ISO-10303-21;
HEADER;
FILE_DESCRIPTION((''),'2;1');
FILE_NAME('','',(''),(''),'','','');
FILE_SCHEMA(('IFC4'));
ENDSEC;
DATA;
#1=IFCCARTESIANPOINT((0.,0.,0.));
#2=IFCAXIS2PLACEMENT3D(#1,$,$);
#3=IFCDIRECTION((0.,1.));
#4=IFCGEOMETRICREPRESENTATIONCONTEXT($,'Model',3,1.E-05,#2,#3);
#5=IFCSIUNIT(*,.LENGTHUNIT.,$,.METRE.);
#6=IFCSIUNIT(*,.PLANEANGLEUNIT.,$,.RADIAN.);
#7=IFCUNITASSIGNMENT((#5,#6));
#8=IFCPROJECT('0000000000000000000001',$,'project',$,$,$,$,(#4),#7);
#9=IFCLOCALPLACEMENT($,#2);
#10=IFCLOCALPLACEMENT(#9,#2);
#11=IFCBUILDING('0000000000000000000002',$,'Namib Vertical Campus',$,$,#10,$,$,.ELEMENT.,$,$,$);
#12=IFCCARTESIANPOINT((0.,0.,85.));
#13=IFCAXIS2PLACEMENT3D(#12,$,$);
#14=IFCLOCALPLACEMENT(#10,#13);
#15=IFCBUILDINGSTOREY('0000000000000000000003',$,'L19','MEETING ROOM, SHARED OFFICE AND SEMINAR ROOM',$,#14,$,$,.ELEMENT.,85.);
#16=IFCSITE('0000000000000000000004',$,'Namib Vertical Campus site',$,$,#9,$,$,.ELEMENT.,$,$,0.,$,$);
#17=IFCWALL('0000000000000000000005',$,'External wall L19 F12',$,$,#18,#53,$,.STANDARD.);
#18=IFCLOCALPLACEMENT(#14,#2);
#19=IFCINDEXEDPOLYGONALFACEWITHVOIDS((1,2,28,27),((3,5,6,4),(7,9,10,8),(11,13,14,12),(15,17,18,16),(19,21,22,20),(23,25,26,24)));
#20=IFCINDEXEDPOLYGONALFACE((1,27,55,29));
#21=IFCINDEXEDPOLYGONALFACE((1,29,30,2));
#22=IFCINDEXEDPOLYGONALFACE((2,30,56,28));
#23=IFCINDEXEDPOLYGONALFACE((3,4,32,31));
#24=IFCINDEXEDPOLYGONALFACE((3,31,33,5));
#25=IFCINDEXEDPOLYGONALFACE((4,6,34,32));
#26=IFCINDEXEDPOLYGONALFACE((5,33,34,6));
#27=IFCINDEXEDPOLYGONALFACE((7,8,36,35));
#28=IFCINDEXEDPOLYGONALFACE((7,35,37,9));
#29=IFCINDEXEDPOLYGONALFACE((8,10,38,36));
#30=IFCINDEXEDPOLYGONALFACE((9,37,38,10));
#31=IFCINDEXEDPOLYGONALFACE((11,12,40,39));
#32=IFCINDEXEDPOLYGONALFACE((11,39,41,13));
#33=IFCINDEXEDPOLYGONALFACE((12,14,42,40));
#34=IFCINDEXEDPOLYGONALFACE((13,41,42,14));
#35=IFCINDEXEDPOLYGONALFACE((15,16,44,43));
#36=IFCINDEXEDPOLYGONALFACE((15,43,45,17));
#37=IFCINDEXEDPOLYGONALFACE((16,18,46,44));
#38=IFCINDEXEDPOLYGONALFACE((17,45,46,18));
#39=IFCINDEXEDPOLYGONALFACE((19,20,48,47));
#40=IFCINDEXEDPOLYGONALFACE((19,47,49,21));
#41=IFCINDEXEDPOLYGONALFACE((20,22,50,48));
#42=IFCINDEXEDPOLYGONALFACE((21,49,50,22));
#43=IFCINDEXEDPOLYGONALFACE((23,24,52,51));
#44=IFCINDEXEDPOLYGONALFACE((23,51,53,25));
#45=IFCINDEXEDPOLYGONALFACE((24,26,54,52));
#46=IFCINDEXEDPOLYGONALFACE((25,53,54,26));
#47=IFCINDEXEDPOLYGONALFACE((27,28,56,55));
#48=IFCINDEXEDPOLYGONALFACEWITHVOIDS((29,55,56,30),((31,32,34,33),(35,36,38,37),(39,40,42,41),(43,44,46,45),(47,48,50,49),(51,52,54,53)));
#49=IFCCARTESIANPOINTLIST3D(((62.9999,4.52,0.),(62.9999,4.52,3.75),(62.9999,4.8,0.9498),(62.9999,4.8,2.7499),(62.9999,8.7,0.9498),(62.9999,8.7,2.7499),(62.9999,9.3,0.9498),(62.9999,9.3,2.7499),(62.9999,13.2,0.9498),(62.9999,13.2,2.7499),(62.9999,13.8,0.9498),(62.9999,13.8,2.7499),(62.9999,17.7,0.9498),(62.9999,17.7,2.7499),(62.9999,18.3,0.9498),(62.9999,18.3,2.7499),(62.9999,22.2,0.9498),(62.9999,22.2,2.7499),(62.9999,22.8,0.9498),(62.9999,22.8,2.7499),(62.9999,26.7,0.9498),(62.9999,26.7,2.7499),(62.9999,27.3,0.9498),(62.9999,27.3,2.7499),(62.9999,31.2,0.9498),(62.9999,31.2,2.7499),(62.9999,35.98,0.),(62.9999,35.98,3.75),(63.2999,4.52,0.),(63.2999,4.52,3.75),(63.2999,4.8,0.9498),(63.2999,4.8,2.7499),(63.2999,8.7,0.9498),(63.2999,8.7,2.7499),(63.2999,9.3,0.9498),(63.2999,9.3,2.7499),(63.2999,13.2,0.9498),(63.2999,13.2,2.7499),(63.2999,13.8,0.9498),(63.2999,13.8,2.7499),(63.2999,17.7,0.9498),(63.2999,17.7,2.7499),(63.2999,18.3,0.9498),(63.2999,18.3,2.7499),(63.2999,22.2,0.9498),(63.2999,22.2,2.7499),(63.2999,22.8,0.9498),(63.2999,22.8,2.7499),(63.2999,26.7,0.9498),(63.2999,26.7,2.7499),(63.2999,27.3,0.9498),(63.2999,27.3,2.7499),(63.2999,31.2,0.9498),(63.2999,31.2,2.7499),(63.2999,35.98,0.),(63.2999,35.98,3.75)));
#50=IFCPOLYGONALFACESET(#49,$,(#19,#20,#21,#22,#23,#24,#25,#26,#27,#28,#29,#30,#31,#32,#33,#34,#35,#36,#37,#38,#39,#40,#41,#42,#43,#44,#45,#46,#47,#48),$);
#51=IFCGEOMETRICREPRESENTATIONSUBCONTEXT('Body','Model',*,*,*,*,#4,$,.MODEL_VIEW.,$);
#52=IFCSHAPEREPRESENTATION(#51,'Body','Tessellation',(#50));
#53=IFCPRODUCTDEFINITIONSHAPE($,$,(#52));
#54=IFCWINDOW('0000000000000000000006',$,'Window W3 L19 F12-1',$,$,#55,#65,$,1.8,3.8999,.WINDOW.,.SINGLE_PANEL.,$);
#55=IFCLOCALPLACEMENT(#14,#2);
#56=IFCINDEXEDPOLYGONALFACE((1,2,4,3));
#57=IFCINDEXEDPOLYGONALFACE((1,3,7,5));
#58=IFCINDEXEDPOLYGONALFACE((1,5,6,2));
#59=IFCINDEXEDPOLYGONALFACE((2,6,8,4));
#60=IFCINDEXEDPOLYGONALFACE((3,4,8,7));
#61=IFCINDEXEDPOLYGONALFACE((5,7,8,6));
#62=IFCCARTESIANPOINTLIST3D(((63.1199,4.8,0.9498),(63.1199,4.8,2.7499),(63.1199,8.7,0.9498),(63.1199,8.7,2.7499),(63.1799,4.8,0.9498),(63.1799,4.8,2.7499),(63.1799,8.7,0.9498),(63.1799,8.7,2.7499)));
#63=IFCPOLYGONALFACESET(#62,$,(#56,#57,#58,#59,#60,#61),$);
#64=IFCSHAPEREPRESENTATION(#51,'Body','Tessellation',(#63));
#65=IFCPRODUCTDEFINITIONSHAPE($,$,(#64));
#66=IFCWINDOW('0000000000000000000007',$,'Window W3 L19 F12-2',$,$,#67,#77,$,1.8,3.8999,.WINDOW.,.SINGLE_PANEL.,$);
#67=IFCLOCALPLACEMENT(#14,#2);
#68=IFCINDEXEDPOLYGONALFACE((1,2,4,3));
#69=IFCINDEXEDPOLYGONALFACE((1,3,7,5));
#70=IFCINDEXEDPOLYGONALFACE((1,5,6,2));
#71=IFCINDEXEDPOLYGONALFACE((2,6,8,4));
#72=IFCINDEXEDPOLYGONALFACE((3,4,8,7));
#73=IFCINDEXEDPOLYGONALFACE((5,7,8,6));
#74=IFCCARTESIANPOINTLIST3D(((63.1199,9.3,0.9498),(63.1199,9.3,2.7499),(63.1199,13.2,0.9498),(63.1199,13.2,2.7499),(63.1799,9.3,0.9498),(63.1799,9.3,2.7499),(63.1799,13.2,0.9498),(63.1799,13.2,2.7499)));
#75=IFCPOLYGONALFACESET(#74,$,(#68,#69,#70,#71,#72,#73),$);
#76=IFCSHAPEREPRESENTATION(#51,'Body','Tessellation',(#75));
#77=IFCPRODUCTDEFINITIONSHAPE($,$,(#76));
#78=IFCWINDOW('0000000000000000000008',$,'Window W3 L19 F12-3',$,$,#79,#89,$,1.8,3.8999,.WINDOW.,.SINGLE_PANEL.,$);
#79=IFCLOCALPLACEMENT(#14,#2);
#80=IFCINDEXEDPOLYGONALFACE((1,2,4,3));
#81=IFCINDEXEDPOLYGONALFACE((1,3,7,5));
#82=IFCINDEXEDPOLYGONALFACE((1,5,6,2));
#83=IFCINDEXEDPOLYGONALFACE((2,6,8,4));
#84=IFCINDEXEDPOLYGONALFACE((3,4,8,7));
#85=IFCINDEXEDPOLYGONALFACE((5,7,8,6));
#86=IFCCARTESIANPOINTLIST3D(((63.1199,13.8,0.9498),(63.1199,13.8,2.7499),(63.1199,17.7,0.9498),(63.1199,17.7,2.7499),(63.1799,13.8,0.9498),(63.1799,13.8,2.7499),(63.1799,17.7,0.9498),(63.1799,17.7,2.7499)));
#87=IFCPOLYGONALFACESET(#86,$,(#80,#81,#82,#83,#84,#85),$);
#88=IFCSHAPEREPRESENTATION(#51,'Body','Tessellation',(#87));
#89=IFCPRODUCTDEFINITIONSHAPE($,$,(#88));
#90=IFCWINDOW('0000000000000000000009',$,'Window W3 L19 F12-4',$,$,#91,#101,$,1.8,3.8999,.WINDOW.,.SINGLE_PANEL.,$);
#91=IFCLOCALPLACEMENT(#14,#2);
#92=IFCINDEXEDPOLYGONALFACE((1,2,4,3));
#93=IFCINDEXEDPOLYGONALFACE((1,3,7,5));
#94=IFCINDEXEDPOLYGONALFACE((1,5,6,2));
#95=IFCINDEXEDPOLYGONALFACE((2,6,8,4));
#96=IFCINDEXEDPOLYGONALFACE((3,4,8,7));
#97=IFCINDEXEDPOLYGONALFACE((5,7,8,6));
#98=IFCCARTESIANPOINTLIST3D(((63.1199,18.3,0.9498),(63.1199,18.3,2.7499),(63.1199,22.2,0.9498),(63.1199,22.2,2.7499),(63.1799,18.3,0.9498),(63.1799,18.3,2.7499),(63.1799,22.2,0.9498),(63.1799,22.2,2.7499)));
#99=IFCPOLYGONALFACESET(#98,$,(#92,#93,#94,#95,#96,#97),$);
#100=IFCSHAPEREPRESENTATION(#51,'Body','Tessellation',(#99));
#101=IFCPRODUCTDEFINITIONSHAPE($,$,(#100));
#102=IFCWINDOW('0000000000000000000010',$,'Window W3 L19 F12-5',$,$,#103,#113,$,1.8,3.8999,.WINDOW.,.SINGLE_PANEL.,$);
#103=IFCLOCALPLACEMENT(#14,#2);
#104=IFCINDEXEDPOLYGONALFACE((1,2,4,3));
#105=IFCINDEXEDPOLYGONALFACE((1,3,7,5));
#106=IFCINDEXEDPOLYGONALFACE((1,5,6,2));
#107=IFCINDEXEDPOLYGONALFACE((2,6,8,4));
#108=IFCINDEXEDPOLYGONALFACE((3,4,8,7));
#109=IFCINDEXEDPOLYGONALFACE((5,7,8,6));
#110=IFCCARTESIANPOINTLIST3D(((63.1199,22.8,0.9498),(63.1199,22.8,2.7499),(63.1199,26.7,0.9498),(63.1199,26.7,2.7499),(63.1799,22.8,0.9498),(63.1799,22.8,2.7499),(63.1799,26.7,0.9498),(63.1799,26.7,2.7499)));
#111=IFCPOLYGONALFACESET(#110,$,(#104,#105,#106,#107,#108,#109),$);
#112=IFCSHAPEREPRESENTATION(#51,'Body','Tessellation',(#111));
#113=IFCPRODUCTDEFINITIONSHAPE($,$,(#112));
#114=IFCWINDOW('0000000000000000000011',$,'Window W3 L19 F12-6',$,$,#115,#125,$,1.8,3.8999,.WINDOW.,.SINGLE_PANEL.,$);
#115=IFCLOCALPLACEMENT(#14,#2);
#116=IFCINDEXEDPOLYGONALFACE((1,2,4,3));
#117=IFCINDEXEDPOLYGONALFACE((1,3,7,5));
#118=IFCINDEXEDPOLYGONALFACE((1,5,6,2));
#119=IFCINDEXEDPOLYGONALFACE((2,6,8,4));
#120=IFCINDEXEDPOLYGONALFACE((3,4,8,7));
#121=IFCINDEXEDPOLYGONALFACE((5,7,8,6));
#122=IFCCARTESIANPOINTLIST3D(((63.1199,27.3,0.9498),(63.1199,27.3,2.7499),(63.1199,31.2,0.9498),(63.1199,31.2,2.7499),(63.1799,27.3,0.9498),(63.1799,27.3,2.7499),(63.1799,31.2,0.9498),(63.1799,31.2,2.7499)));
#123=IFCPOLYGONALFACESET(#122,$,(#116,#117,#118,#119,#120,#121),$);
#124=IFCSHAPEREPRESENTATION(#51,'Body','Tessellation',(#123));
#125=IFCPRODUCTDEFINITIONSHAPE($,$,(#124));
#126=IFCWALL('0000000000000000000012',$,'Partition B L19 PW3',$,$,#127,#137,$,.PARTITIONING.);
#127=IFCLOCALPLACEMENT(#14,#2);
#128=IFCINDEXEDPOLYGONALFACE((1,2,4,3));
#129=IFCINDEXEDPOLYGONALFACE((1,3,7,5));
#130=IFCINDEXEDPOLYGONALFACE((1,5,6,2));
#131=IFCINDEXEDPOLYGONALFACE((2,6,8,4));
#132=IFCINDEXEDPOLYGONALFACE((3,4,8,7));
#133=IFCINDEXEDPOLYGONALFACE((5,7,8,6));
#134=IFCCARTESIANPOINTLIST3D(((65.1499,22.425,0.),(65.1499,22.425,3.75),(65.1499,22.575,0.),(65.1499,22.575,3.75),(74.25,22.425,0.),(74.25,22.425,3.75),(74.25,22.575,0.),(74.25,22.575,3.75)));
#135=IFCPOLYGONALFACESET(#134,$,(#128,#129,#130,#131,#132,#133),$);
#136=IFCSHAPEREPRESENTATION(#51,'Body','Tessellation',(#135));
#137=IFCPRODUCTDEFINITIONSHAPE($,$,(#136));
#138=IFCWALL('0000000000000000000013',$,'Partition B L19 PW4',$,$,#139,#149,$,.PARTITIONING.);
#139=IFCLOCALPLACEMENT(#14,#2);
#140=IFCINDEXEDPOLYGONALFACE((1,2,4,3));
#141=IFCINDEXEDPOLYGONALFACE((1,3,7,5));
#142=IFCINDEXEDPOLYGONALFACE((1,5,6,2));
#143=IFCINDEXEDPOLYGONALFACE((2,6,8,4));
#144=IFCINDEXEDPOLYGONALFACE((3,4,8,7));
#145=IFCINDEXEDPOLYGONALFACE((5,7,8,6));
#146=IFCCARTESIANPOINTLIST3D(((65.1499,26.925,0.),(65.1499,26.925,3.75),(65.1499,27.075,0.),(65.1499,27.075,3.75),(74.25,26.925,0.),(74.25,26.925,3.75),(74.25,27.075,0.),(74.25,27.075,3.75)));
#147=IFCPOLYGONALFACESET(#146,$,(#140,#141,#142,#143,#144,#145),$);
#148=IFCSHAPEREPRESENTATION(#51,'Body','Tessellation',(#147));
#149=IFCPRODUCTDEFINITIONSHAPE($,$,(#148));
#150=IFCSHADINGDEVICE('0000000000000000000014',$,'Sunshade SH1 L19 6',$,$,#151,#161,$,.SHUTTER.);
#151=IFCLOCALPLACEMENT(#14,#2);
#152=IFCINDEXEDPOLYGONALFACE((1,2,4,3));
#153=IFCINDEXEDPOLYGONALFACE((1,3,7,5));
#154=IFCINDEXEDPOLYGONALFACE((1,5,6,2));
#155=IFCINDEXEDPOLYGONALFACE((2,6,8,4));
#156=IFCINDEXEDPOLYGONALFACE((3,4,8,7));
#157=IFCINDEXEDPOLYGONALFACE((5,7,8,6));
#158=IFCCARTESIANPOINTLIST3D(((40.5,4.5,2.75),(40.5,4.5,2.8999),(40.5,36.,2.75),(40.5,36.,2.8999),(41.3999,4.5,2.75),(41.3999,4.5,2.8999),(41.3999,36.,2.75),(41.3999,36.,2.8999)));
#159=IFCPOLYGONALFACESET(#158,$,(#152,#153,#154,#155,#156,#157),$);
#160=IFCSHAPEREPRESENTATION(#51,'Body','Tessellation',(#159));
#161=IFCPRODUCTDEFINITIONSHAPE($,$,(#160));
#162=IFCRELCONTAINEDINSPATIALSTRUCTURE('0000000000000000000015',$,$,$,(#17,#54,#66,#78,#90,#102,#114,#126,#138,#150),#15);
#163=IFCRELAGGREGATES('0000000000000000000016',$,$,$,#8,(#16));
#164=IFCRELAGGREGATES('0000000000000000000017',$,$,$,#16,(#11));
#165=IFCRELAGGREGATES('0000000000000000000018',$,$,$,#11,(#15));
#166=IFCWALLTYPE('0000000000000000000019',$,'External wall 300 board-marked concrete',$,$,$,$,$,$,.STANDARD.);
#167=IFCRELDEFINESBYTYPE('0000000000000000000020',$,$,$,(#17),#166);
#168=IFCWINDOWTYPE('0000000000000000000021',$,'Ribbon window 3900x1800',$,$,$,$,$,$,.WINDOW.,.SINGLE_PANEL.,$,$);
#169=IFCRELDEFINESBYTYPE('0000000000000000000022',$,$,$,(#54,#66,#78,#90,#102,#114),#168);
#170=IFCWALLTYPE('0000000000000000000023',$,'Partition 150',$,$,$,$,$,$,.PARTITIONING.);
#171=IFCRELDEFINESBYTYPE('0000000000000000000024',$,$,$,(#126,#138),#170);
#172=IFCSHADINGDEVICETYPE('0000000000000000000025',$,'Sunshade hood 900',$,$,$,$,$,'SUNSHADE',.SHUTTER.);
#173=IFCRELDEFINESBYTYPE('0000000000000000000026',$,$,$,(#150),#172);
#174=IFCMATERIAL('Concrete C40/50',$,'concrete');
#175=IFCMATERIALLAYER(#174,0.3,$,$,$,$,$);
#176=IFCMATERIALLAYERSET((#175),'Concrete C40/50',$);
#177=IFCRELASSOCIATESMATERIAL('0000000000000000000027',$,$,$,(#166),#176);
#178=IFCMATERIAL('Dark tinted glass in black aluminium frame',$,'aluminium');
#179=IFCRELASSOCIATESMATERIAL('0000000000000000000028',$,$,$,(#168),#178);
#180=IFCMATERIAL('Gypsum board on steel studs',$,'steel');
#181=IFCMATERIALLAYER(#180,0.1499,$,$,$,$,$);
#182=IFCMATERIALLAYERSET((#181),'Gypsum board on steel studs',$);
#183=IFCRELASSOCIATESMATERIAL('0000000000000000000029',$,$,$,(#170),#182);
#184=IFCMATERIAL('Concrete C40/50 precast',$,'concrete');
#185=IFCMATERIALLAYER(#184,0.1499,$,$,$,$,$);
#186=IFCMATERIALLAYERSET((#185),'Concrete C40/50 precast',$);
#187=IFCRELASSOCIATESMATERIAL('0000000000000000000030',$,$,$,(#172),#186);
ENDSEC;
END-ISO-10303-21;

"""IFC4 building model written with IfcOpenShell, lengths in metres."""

from ifc_helpers import new_model, si_unit, direction, frame, frame_2d, origin, origin_2d, place, context, subcontext, project, spatial, rectangle, extrude, material, layer, layer_set, type_object, element, fill, save


model = new_model("IFC4")

# Units and contexts
model_context = context("Model", 3, precision=1e-05, world=origin(), true_north=direction((0.0, 1.0)))
body_context = subcontext(model_context, "Body", "Model", "MODEL_VIEW")
ifc_project = project(units=[si_unit("LENGTHUNIT", "METRE"), si_unit("PLANEANGLEUNIT", "RADIAN")], contexts=[model_context])

# Site, building, storey
site_placement = place(None, origin())
site = spatial("IfcSite", under=ifc_project, at=site_placement, Name="Namib Vertical Campus site", CompositionType="ELEMENT", RefElevation=0.0)
building_placement = place(site_placement, origin())
building = spatial("IfcBuilding", under=site, at=building_placement, Name="Namib Vertical Campus", CompositionType="ELEMENT")
storey_placement = place(building_placement, frame((0.0, 0.0, 85.0)))
storey = spatial("IfcBuildingStorey", under=building, at=storey_placement, Name="L19", Description="MEETING ROOM, SHARED OFFICE AND SEMINAR ROOM", CompositionType="ELEMENT", Elevation=85.0)

# Shared definitions
ifc_material_1 = material(Name="Concrete C40/50", Category="concrete")
ifc_layer_1 = layer(ifc_material_1, 0.3)
ifc_layer_set_1 = layer_set([ifc_layer_1], Name="Concrete C40/50")
wall_type_1 = type_object("IfcWallType", Name="External wall 300 board-marked concrete", PredefinedType="STANDARD", material=ifc_layer_set_1)

# Wall, openings, windows
wall_1_placement = place(storey_placement, frame((63.1499, 35.98, 0.0), z_axis=(0.0, 0.0, 1.0), x_axis=(0.0, -1.0, 0.0)))
wall_1 = element("IfcWall", 1, at=wall_1_placement, inside=storey, type_object=wall_type_1, Name="External wall L19 F12", PredefinedType="STANDARD", context=body_context, shape_type="SweptSolid", body=[
    extrude(rectangle(XDim=31.46, YDim=0.3, at=frame_2d((15.73, 0.0))), origin(), (0.0, 0.0, 1.0), 3.75),
])
opening_1_placement = place(wall_1_placement, frame((27.28, 0.0, 0.95)))
opening_1 = element("IfcOpeningElement", 2, at=opening_1_placement, cuts=wall_1, PredefinedType="OPENING", context=body_context, shape_type="SweptSolid", body=[
    extrude(rectangle(XDim=3.8999, YDim=1.8, at=frame_2d((1.95, 0.8999))), frame((0.0, 0.1599, 0.0), z_axis=(0.0, -1.0, 0.0), x_axis=(1.0, 0.0, 0.0)), (0.0, 0.0, 1.0), 0.3201),
])
opening_2_placement = place(wall_1_placement, frame((22.78, 0.0, 0.95)))
opening_2 = element("IfcOpeningElement", 3, at=opening_2_placement, cuts=wall_1, PredefinedType="OPENING", context=body_context, shape_type="SweptSolid", body=[
    extrude(rectangle(XDim=3.8999, YDim=1.8, at=frame_2d((1.95, 0.8999))), frame((0.0, 0.1599, 0.0), z_axis=(0.0, -1.0, 0.0), x_axis=(1.0, 0.0, 0.0)), (0.0, 0.0, 1.0), 0.3201),
])
opening_3_placement = place(wall_1_placement, frame((18.28, 0.0, 0.95)))
opening_3 = element("IfcOpeningElement", 4, at=opening_3_placement, cuts=wall_1, PredefinedType="OPENING", context=body_context, shape_type="SweptSolid", body=[
    extrude(rectangle(XDim=3.8999, YDim=1.8, at=frame_2d((1.95, 0.8999))), frame((0.0, 0.1599, 0.0), z_axis=(0.0, -1.0, 0.0), x_axis=(1.0, 0.0, 0.0)), (0.0, 0.0, 1.0), 0.3201),
])
opening_4_placement = place(wall_1_placement, frame((13.78, 0.0, 0.95)))
opening_4 = element("IfcOpeningElement", 5, at=opening_4_placement, cuts=wall_1, PredefinedType="OPENING", context=body_context, shape_type="SweptSolid", body=[
    extrude(rectangle(XDim=3.8999, YDim=1.8, at=frame_2d((1.95, 0.8999))), frame((0.0, 0.1599, 0.0), z_axis=(0.0, -1.0, 0.0), x_axis=(1.0, 0.0, 0.0)), (0.0, 0.0, 1.0), 0.3201),
])
opening_5_placement = place(wall_1_placement, frame((9.28, 0.0, 0.95)))
opening_5 = element("IfcOpeningElement", 6, at=opening_5_placement, cuts=wall_1, PredefinedType="OPENING", context=body_context, shape_type="SweptSolid", body=[
    extrude(rectangle(XDim=3.8999, YDim=1.8, at=frame_2d((1.95, 0.8999))), frame((0.0, 0.1599, 0.0), z_axis=(0.0, -1.0, 0.0), x_axis=(1.0, 0.0, 0.0)), (0.0, 0.0, 1.0), 0.3201),
])
opening_6_placement = place(wall_1_placement, frame((4.78, 0.0, 0.95)))
opening_6 = element("IfcOpeningElement", 7, at=opening_6_placement, cuts=wall_1, PredefinedType="OPENING", context=body_context, shape_type="SweptSolid", body=[
    extrude(rectangle(XDim=3.8999, YDim=1.8, at=frame_2d((1.95, 0.8999))), frame((0.0, 0.1599, 0.0), z_axis=(0.0, -1.0, 0.0), x_axis=(1.0, 0.0, 0.0)), (0.0, 0.0, 1.0), 0.3201),
])
ifc_material_2 = material(Name="Dark tinted glass in black aluminium frame", Category="aluminium")
window_type = type_object("IfcWindowType", Name="Ribbon window 3900x1800", PartitioningType="SINGLE_PANEL", PredefinedType="WINDOW", material=ifc_material_2)
window_1_placement = place(opening_1_placement, origin())
window_1 = element("IfcWindow", 8, at=window_1_placement, inside=storey, type_object=window_type, Name="Window W3 L19 F12-1", OverallHeight=1.8, OverallWidth=3.8999, PartitioningType="SINGLE_PANEL", PredefinedType="WINDOW", context=body_context, shape_type="SweptSolid", body=[
    extrude(rectangle(XDim=3.8999, YDim=1.8, at=frame_2d((1.95, 0.8999))), frame((0.0, 0.03, 0.0), z_axis=(0.0, -1.0, 0.0), x_axis=(1.0, 0.0, 0.0)), (0.0, 0.0, 1.0), 0.0601),
])
fill(opening_1, window_1)
window_2_placement = place(opening_2_placement, origin())
window_2 = element("IfcWindow", 9, at=window_2_placement, inside=storey, type_object=window_type, Name="Window W3 L19 F12-2", OverallHeight=1.8, OverallWidth=3.8999, PartitioningType="SINGLE_PANEL", PredefinedType="WINDOW", context=body_context, shape_type="SweptSolid", body=[
    extrude(rectangle(XDim=3.8999, YDim=1.8, at=frame_2d((1.95, 0.8999))), frame((0.0, 0.03, 0.0), z_axis=(0.0, -1.0, 0.0), x_axis=(1.0, 0.0, 0.0)), (0.0, 0.0, 1.0), 0.0601),
])
fill(opening_2, window_2)
window_3_placement = place(opening_3_placement, origin())
window_3 = element("IfcWindow", 10, at=window_3_placement, inside=storey, type_object=window_type, Name="Window W3 L19 F12-3", OverallHeight=1.8, OverallWidth=3.8999, PartitioningType="SINGLE_PANEL", PredefinedType="WINDOW", context=body_context, shape_type="SweptSolid", body=[
    extrude(rectangle(XDim=3.8999, YDim=1.8, at=frame_2d((1.95, 0.8999))), frame((0.0, 0.03, 0.0), z_axis=(0.0, -1.0, 0.0), x_axis=(1.0, 0.0, 0.0)), (0.0, 0.0, 1.0), 0.0601),
])
fill(opening_3, window_3)
window_4_placement = place(opening_4_placement, origin())
window_4 = element("IfcWindow", 11, at=window_4_placement, inside=storey, type_object=window_type, Name="Window W3 L19 F12-4", OverallHeight=1.8, OverallWidth=3.8999, PartitioningType="SINGLE_PANEL", PredefinedType="WINDOW", context=body_context, shape_type="SweptSolid", body=[
    extrude(rectangle(XDim=3.8999, YDim=1.8, at=frame_2d((1.95, 0.8999))), frame((0.0, 0.03, 0.0), z_axis=(0.0, -1.0, 0.0), x_axis=(1.0, 0.0, 0.0)), (0.0, 0.0, 1.0), 0.0601),
])
fill(opening_4, window_4)
window_5_placement = place(opening_5_placement, origin())
window_5 = element("IfcWindow", 12, at=window_5_placement, inside=storey, type_object=window_type, Name="Window W3 L19 F12-5", OverallHeight=1.8, OverallWidth=3.8999, PartitioningType="SINGLE_PANEL", PredefinedType="WINDOW", context=body_context, shape_type="SweptSolid", body=[
    extrude(rectangle(XDim=3.8999, YDim=1.8, at=frame_2d((1.95, 0.8999))), frame((0.0, 0.03, 0.0), z_axis=(0.0, -1.0, 0.0), x_axis=(1.0, 0.0, 0.0)), (0.0, 0.0, 1.0), 0.0601),
])
fill(opening_5, window_5)
window_6_placement = place(opening_6_placement, origin())
window_6 = element("IfcWindow", 13, at=window_6_placement, inside=storey, type_object=window_type, Name="Window W3 L19 F12-6", OverallHeight=1.8, OverallWidth=3.8999, PartitioningType="SINGLE_PANEL", PredefinedType="WINDOW", context=body_context, shape_type="SweptSolid", body=[
    extrude(rectangle(XDim=3.8999, YDim=1.8, at=frame_2d((1.95, 0.8999))), frame((0.0, 0.03, 0.0), z_axis=(0.0, -1.0, 0.0), x_axis=(1.0, 0.0, 0.0)), (0.0, 0.0, 1.0), 0.0601),
])
fill(opening_6, window_6)

# Walls
ifc_material_3 = material(Name="Gypsum board on steel studs", Category="steel")
ifc_layer_2 = layer(ifc_material_3, 0.1499)
ifc_layer_set_2 = layer_set([ifc_layer_2], Name="Gypsum board on steel studs")
wall_type_2 = type_object("IfcWallType", Name="Partition 150", PredefinedType="PARTITIONING", material=ifc_layer_set_2)
for number, where, z_axis, x_axis, name in (
    (14, (65.1499, 22.5, 0.0), (0.0, 0.0, 1.0), (1.0, 0.0, 0.0), "Partition B L19 PW3"),
    (15, (65.1499, 27.0, 0.0), (0.0, 0.0, 1.0), (1.0, 0.0, 0.0), "Partition B L19 PW4"),
):
    element("IfcWall", number, at=place(storey_placement, frame(where, z_axis=z_axis, x_axis=x_axis)), inside=storey, type_object=wall_type_2, Name=name, PredefinedType="PARTITIONING", context=body_context, shape_type="SweptSolid", body=[
        extrude(rectangle(XDim=9.1001, YDim=0.1499, at=frame_2d((4.55, 0.0))), origin(), (0.0, 0.0, 1.0), 3.75),
    ])

# Shading device
ifc_material_4 = material(Name="Concrete C40/50 precast", Category="concrete")
ifc_layer_3 = layer(ifc_material_4, 0.1499)
ifc_layer_set_3 = layer_set([ifc_layer_3], Name="Concrete C40/50 precast")
shading_device_type = type_object("IfcShadingDeviceType", Name="Sunshade hood 900", ElementType="SUNSHADE", PredefinedType="SHUTTER", material=ifc_layer_set_3)
shading_device_1_placement = place(storey_placement, frame((40.95, 20.25, 2.75), z_axis=(0.0, 0.0, 1.0), x_axis=(0.0, 1.0, 0.0)))
element("IfcShadingDevice", 16, at=shading_device_1_placement, inside=storey, type_object=shading_device_type, Name="Sunshade SH1 L19 6", PredefinedType="SHUTTER", context=body_context, shape_type="SweptSolid", body=[
    extrude(rectangle(XDim=31.5, YDim=0.8999, at=origin_2d()), origin(), (0.0, 0.0, 1.0), 0.1499),
])

save(model, "model.ifc")
